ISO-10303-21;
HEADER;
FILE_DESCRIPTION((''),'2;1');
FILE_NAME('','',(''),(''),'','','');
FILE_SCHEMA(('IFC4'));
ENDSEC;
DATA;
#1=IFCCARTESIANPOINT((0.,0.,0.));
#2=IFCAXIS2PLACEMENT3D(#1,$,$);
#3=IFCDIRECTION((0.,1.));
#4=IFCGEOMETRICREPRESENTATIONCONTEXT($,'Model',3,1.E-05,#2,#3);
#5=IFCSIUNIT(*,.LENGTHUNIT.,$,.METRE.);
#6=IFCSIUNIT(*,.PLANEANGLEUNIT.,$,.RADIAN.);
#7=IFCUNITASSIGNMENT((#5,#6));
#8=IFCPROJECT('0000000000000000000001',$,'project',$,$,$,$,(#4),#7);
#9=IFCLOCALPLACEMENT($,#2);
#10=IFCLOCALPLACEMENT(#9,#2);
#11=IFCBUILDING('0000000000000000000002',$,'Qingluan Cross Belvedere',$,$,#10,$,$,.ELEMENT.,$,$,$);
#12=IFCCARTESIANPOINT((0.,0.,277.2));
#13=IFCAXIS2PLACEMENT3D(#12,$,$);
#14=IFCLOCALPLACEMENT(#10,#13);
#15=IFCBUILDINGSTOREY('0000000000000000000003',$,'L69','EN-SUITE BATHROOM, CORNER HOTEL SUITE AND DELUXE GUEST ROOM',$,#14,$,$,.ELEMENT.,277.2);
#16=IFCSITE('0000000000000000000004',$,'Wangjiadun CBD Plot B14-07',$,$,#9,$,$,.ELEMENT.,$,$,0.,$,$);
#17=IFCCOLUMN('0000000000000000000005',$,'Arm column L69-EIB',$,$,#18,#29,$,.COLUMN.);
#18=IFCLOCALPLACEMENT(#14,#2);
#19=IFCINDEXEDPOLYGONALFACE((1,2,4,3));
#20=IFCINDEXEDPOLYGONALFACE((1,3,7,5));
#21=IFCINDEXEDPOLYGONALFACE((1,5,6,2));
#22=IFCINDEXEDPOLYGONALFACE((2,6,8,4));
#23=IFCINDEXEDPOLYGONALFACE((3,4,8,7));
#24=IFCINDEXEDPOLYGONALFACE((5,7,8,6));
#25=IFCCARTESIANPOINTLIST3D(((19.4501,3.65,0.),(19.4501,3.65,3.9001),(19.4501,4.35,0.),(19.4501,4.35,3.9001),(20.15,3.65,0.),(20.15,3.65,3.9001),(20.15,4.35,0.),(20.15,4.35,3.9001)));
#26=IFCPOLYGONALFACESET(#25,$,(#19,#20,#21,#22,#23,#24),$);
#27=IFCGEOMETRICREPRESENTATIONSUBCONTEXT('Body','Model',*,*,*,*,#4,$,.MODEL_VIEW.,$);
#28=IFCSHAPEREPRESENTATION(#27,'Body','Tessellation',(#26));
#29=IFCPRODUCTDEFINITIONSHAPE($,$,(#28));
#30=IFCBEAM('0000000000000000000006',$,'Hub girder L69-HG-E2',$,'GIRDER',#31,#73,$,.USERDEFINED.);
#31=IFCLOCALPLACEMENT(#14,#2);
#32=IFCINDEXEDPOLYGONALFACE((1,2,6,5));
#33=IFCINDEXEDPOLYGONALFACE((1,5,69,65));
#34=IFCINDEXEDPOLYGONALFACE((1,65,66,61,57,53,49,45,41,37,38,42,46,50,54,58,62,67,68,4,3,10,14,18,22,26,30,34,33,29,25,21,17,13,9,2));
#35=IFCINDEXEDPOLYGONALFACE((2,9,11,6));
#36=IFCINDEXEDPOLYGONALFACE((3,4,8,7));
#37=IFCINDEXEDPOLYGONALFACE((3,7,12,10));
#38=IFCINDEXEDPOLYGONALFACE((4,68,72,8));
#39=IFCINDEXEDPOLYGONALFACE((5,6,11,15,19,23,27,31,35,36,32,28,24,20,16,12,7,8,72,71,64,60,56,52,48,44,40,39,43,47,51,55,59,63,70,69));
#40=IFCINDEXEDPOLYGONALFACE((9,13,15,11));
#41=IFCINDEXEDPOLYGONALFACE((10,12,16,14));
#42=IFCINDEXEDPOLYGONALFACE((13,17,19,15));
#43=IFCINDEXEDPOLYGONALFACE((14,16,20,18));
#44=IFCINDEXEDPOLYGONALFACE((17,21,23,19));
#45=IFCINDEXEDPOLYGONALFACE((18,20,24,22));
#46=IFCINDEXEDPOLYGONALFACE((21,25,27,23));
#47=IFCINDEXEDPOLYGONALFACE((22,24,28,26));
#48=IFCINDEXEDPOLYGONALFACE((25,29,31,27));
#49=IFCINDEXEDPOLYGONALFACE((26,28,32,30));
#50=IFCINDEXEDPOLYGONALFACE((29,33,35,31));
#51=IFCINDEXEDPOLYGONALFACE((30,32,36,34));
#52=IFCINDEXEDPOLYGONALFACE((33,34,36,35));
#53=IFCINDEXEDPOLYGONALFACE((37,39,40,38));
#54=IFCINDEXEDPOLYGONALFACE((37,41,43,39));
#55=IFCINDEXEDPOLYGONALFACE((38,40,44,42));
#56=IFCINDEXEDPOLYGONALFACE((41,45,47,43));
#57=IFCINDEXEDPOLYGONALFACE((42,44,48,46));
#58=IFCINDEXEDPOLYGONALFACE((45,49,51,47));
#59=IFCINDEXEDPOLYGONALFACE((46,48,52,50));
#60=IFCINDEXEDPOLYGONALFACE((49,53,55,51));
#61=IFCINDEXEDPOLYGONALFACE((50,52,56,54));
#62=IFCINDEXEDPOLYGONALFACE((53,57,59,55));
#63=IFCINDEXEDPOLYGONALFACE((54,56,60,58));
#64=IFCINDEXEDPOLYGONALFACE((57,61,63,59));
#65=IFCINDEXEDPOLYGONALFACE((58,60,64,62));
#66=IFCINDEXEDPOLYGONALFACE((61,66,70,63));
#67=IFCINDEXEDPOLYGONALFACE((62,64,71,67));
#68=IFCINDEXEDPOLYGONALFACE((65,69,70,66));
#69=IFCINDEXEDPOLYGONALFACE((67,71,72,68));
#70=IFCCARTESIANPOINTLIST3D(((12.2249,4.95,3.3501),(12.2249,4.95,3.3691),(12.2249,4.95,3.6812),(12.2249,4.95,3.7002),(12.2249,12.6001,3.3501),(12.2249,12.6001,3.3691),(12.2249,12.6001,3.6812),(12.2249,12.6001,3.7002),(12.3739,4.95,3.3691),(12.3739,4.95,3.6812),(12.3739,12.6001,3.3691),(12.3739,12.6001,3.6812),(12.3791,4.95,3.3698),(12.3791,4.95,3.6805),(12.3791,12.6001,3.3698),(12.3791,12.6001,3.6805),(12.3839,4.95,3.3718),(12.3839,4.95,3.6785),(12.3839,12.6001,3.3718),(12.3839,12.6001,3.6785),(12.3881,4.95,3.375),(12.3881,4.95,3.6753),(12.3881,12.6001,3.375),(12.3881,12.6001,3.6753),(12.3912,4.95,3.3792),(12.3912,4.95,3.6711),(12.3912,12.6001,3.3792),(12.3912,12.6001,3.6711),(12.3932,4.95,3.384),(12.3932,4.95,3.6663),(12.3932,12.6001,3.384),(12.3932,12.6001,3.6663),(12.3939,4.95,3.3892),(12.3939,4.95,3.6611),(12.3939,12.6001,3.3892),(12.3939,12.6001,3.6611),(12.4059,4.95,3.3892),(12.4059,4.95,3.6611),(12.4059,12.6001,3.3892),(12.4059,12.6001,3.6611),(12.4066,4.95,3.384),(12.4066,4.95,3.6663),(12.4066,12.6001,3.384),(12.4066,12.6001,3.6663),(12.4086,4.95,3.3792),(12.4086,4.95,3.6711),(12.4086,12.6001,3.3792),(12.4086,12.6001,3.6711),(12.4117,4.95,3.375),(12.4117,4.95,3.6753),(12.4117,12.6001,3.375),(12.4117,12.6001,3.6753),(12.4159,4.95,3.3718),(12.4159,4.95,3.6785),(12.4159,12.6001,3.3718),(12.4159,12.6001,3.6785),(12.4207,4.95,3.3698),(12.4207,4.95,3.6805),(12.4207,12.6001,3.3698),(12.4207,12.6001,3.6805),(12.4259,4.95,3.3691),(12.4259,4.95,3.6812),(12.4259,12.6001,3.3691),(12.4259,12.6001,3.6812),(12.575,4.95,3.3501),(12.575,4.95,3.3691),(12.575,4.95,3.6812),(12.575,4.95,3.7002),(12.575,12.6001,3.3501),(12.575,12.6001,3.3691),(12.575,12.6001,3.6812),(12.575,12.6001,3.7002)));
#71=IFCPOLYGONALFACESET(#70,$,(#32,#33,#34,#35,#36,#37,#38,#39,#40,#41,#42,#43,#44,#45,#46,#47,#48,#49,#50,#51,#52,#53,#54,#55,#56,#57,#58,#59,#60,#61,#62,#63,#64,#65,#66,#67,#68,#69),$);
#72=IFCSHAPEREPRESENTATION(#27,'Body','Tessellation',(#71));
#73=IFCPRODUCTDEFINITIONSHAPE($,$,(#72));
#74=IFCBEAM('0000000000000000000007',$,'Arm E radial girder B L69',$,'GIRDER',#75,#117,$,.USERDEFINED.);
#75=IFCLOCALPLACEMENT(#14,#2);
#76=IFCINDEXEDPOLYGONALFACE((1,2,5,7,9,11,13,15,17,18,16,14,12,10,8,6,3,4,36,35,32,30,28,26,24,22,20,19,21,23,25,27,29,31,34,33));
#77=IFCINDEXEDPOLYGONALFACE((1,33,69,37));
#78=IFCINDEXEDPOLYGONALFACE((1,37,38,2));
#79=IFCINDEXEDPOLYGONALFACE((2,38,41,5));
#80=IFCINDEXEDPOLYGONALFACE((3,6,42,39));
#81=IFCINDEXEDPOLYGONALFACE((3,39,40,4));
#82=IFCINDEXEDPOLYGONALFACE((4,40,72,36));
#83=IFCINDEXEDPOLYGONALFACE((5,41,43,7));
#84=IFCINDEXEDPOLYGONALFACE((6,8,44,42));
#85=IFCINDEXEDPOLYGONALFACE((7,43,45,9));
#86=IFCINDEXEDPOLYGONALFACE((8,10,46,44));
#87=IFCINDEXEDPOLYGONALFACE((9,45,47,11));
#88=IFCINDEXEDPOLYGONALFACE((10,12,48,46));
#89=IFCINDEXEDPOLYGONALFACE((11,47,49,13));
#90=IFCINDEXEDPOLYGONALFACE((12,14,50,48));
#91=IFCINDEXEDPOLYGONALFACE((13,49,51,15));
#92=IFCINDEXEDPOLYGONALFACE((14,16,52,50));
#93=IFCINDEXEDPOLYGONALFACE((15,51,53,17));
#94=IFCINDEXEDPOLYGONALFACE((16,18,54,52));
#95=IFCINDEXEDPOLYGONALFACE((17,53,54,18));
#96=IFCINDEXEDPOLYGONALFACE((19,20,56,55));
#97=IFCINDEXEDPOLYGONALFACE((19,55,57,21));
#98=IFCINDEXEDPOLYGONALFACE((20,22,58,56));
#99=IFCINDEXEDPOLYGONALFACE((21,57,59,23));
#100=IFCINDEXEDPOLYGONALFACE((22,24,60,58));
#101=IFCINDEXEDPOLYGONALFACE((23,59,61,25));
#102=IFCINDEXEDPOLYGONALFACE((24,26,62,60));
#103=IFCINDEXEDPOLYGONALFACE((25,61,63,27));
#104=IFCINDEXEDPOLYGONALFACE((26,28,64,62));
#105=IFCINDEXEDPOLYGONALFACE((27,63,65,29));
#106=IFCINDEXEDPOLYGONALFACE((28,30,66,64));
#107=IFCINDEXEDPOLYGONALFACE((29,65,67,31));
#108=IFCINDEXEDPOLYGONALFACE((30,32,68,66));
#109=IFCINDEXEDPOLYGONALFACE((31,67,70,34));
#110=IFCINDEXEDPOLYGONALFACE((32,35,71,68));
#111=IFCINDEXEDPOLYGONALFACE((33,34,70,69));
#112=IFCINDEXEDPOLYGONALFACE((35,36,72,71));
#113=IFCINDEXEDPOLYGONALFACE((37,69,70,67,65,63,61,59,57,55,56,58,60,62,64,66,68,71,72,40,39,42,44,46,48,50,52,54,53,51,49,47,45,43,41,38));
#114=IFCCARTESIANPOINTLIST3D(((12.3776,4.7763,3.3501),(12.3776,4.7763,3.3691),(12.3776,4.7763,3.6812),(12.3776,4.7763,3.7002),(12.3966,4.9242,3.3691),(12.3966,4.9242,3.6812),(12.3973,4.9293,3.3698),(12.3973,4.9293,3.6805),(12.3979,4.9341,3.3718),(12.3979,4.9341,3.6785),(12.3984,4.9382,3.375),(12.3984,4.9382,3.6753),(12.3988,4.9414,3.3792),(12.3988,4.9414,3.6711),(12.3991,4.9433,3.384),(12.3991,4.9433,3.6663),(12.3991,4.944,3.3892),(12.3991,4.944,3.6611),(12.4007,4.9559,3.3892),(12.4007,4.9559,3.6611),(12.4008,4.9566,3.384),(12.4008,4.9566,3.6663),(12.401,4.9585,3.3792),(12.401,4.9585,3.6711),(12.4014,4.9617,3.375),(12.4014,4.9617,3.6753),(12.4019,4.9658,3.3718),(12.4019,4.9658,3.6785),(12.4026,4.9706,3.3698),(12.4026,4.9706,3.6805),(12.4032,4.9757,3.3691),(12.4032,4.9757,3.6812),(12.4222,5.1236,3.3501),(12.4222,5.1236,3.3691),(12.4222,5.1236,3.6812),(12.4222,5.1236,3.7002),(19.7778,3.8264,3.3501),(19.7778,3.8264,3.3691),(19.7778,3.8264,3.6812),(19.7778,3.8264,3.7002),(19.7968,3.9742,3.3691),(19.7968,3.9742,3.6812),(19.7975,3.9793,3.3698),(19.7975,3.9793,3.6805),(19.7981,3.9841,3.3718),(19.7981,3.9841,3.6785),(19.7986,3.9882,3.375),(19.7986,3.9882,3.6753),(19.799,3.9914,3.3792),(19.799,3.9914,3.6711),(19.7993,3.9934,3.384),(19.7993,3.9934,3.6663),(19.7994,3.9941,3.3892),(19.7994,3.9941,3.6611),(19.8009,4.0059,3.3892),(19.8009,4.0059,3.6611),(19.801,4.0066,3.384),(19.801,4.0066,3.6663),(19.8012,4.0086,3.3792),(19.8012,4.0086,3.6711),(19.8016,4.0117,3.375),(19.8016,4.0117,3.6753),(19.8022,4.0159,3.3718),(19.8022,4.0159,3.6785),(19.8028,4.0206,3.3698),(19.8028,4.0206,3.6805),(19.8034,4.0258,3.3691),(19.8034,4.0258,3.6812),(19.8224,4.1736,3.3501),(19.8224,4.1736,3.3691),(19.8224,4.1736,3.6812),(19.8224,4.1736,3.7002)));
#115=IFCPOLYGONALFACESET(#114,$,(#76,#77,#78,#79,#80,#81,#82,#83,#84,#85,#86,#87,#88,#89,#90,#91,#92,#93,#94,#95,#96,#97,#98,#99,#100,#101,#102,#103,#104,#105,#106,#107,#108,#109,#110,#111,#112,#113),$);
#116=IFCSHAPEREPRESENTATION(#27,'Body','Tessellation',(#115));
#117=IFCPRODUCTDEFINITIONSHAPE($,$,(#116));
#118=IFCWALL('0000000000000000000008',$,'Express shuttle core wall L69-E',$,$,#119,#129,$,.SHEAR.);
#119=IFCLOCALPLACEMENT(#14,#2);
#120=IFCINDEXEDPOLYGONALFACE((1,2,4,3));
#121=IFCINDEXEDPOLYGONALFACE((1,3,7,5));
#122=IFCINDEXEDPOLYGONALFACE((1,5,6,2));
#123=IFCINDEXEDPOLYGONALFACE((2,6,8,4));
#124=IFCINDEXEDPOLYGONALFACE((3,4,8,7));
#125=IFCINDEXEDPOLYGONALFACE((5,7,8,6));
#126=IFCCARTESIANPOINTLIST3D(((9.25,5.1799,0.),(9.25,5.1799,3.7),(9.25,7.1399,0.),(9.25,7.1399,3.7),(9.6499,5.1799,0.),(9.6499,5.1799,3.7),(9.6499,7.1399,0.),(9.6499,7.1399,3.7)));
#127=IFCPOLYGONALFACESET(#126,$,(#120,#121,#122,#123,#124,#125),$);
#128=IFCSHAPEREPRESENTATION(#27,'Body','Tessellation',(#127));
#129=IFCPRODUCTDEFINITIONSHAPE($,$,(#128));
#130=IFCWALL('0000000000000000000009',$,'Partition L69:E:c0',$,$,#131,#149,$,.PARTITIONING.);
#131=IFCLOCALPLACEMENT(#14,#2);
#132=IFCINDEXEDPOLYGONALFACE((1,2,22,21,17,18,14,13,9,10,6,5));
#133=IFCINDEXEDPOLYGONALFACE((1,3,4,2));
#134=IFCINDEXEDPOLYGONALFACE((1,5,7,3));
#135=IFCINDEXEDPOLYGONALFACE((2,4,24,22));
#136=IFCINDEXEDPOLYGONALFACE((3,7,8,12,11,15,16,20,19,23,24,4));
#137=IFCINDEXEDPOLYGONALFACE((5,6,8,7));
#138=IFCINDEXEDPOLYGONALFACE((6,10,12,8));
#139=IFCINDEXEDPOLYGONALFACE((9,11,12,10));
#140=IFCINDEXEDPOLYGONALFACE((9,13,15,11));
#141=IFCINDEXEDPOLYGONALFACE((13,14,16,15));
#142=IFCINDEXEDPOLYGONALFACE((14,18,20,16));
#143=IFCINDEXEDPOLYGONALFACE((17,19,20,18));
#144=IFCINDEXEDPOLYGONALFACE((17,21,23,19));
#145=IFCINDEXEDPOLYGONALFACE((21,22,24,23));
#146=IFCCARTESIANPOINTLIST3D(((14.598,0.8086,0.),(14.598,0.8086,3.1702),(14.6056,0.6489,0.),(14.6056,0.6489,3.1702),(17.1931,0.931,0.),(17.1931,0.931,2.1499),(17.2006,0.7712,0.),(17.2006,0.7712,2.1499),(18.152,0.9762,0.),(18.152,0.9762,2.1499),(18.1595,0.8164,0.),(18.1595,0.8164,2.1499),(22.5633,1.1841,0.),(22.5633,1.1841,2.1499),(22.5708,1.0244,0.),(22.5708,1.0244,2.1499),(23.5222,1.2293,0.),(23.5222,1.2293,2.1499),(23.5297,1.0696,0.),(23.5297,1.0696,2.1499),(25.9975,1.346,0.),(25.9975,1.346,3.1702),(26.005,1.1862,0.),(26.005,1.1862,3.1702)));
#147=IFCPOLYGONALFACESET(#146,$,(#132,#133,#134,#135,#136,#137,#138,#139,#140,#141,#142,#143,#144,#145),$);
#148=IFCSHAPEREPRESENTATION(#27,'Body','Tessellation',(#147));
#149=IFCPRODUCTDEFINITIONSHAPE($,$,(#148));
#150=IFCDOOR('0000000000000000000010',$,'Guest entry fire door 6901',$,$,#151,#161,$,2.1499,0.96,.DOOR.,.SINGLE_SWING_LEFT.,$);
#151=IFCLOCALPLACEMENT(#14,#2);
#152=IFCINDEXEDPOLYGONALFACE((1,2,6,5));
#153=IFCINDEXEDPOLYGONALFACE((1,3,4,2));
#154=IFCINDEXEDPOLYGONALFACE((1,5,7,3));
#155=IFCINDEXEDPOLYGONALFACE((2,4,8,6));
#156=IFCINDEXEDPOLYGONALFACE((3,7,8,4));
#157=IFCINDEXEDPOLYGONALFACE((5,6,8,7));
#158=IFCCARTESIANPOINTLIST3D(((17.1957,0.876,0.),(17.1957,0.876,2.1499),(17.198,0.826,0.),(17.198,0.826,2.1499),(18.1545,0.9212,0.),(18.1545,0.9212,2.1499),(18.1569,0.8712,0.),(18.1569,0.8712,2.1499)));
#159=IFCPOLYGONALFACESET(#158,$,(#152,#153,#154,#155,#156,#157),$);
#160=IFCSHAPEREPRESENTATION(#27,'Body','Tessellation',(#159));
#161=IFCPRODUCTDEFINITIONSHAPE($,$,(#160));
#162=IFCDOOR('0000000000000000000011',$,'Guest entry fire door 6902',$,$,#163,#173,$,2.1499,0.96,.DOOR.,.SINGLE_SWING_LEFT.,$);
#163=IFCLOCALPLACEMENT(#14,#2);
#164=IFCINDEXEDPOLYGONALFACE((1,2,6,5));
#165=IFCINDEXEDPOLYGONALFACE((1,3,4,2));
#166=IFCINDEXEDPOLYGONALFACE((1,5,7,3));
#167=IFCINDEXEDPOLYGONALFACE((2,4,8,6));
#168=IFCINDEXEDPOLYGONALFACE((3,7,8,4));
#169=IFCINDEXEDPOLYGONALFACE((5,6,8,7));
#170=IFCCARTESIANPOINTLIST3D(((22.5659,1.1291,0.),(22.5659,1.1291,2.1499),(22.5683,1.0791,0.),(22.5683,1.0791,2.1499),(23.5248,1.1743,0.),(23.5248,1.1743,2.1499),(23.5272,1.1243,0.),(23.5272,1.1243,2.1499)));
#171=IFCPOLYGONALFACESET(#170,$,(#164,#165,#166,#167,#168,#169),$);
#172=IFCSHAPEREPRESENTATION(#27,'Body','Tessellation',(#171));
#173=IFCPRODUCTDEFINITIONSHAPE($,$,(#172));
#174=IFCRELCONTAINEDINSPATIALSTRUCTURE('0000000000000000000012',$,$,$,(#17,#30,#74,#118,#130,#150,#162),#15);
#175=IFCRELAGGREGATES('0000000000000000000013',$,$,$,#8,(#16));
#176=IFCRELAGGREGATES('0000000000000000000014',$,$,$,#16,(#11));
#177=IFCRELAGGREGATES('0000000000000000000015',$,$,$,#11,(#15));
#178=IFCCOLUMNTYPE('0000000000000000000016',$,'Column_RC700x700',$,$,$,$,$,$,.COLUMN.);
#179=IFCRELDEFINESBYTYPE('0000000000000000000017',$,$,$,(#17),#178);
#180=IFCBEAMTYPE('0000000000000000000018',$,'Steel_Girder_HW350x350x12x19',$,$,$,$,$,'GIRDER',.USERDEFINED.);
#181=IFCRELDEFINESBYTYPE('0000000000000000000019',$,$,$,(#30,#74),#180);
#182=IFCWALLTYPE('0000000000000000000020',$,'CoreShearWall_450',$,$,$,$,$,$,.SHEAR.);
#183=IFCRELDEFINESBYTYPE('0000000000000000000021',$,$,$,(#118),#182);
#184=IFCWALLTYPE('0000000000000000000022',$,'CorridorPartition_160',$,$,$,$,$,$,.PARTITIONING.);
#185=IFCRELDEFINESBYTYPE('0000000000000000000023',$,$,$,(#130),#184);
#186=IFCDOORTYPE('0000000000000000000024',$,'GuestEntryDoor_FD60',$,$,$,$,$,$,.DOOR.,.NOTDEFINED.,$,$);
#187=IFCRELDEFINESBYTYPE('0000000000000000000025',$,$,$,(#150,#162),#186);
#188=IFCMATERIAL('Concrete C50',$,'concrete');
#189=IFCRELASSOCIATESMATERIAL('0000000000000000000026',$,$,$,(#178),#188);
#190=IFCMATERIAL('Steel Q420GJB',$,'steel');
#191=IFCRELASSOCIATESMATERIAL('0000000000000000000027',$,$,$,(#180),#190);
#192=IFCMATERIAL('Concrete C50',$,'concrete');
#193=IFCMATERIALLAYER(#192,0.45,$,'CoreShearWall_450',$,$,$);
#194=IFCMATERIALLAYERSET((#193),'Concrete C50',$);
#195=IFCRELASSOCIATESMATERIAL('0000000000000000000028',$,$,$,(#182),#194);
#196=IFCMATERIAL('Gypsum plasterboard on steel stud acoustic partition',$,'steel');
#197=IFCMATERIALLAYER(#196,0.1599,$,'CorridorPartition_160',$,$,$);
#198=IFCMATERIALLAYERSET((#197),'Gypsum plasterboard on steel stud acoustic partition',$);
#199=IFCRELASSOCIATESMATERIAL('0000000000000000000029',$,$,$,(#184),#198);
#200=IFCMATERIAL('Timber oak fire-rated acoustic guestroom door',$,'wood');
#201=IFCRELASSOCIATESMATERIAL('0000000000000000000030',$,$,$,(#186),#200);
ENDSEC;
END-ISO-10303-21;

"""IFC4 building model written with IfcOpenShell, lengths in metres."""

from ifc_helpers import new_model, si_unit, direction, frame, frame_2d, origin, origin_2d, place, context, subcontext, project, spatial, rectangle, i_section, extrude, material, layer, layer_set, material_profile, profile_set, type_object, element, fill, save


model = new_model("IFC4")

# Units and contexts
model_context = context("Model", 3, precision=1e-05, world=origin(), true_north=direction((0.0, 1.0)))
body_context = subcontext(model_context, "Body", "Model", "MODEL_VIEW")
ifc_project = project(units=[si_unit("LENGTHUNIT", "METRE"), si_unit("PLANEANGLEUNIT", "RADIAN")], contexts=[model_context])

# Site, building, storey
site_placement = place(None, origin())
site = spatial("IfcSite", under=ifc_project, at=site_placement, Name="Wangjiadun CBD Plot B14-07", CompositionType="ELEMENT", RefElevation=0.0)
building_placement = place(site_placement, origin())
building = spatial("IfcBuilding", under=site, at=building_placement, Name="Qingluan Cross Belvedere", CompositionType="ELEMENT")
storey_placement = place(building_placement, frame((0.0, 0.0, 277.2)))
storey = spatial("IfcBuildingStorey", under=building, at=storey_placement, Name="L69", Description="EN-SUITE BATHROOM, CORNER HOTEL SUITE AND DELUXE GUEST ROOM", CompositionType="ELEMENT", Elevation=277.2)

# Column
ifc_material_1 = material(Name="Concrete C50", Category="concrete")
ifc_material_profile_1 = material_profile(ifc_material_1, rectangle(XDim=0.7, YDim=0.7, at=origin_2d()), Name="RC700x700")
ifc_profile_set_1 = profile_set([ifc_material_profile_1], Name="Concrete C50")
column_type = type_object("IfcColumnType", Name="Column_RC700x700", PredefinedType="COLUMN", material=ifc_profile_set_1)
column_placement = place(storey_placement, frame((19.8, 4.0, 0.0), z_axis=(0.0, 0.0, 1.0), x_axis=(1.0, 0.0, 0.0)))
element("IfcColumn", 1, at=column_placement, inside=storey, type_object=column_type, Name="Arm column L69-EIB", PredefinedType="COLUMN", context=body_context, shape_type="SweptSolid", body=[
    extrude(rectangle(XDim=0.7, YDim=0.7, at=origin_2d()), origin(), (0.0, 0.0, 1.0), 3.9001),
])

# Beams
ifc_material_2 = material(Name="Steel Q420GJB", Category="steel")
ifc_material_profile_2 = material_profile(ifc_material_2, i_section(OverallWidth=0.3501, OverallDepth=0.3501, WebThickness=0.012, FlangeThickness=0.019, FilletRadius=0.02, at=origin_2d()), Name="HW350x350x12x19")
ifc_profile_set_2 = profile_set([ifc_material_profile_2], Name="Steel Q420GJB")
beam_type = type_object("IfcBeamType", Name="Steel_Girder_HW350x350x12x19", ElementType="GIRDER", PredefinedType="USERDEFINED", material=ifc_profile_set_2)
beam_1_placement = place(storey_placement, frame((12.3999, 4.95, 3.5251), z_axis=(0.0, 1.0, 0.0), x_axis=(-1.0, 0.0, 0.0)))
element("IfcBeam", 2, at=beam_1_placement, inside=storey, type_object=beam_type, Name="Hub girder L69-HG-E2", ObjectType="GIRDER", PredefinedType="USERDEFINED", context=body_context, shape_type="SweptSolid", body=[
    extrude(i_section(OverallWidth=0.3501, OverallDepth=0.3501, WebThickness=0.012, FlangeThickness=0.019, FilletRadius=0.02, at=origin_2d()), origin(), (0.0, 0.0, 1.0), 7.6501),
])
beam_2_placement = place(storey_placement, frame((12.3999, 4.95, 3.5251), z_axis=(0.991861, -0.127324, 0.0), x_axis=(0.127324, 0.991861, 0.0)))
element("IfcBeam", 3, at=beam_2_placement, inside=storey, type_object=beam_type, Name="Arm E radial girder B L69", ObjectType="GIRDER", PredefinedType="USERDEFINED", context=body_context, shape_type="SweptSolid", body=[
    extrude(i_section(OverallWidth=0.3501, OverallDepth=0.3501, WebThickness=0.012, FlangeThickness=0.019, FilletRadius=0.02, at=origin_2d()), origin(), (0.0, 0.0, 1.0), 7.4609),
])

# Wall
ifc_material_3 = material(Name="Concrete C50", Category="concrete")
ifc_layer_1 = layer(ifc_material_3, 0.45, Name="CoreShearWall_450")
ifc_layer_set_1 = layer_set([ifc_layer_1], Name="Concrete C50")
wall_type_1 = type_object("IfcWallType", Name="CoreShearWall_450", PredefinedType="SHEAR", material=ifc_layer_set_1)
wall_1_placement = place(storey_placement, frame((9.45, 5.1799, 0.0), z_axis=(0.0, 0.0, 1.0), x_axis=(0.0, 1.0, 0.0)))
element("IfcWall", 4, at=wall_1_placement, inside=storey, type_object=wall_type_1, Name="Express shuttle core wall L69-E", PredefinedType="SHEAR", context=body_context, shape_type="SweptSolid", body=[
    extrude(rectangle(XDim=1.96, YDim=0.3999, at=frame_2d((0.98, 0.0))), origin(), (0.0, 0.0, 1.0), 3.7),
])

# Wall, openings, doors
ifc_material_4 = material(Name="Gypsum plasterboard on steel stud acoustic partition", Category="steel")
ifc_layer_2 = layer(ifc_material_4, 0.1599, Name="CorridorPartition_160")
ifc_layer_set_2 = layer_set([ifc_layer_2], Name="Gypsum plasterboard on steel stud acoustic partition")
wall_type_2 = type_object("IfcWallType", Name="CorridorPartition_160", PredefinedType="PARTITIONING", material=ifc_layer_set_2)
wall_2_placement = place(storey_placement, frame((14.6018, 0.7288, 0.0), z_axis=(0.0, 0.0, 1.0), x_axis=(0.998891, 0.047086, 0.0)))
wall_2 = element("IfcWall", 5, at=wall_2_placement, inside=storey, type_object=wall_type_2, Name="Partition L69:E:c0", PredefinedType="PARTITIONING", context=body_context, shape_type="SweptSolid", body=[
    extrude(rectangle(XDim=11.4121, YDim=0.1599, at=frame_2d((5.7061, 0.0))), origin(), (0.0, 0.0, 1.0), 3.1702),
])
opening_1_placement = place(wall_2_placement, frame((2.5979, 0.0, 0.0)))
opening_1 = element("IfcOpeningElement", 6, at=opening_1_placement, cuts=wall_2, PredefinedType="OPENING", context=body_context, shape_type="SweptSolid", body=[
    extrude(rectangle(XDim=0.96, YDim=2.1499, at=frame_2d((0.48, 1.075))), frame((0.0, 0.0898, 0.0), z_axis=(0.0, -1.0, 0.0), x_axis=(1.0, 0.0, 0.0)), (0.0, 0.0, 1.0), 0.1799),
])
opening_2_placement = place(wall_2_placement, frame((7.9741, 0.0, 0.0)))
opening_2 = element("IfcOpeningElement", 7, at=opening_2_placement, cuts=wall_2, PredefinedType="OPENING", context=body_context, shape_type="SweptSolid", body=[
    extrude(rectangle(XDim=0.96, YDim=2.1499, at=frame_2d((0.48, 1.075))), frame((0.0, 0.0898, 0.0), z_axis=(0.0, -1.0, 0.0), x_axis=(1.0, 0.0, 0.0)), (0.0, 0.0, 1.0), 0.1799),
])
ifc_material_5 = material(Name="Timber oak fire-rated acoustic guestroom door", Category="wood")
door_type_1 = type_object("IfcDoorType", Name="GuestEntryDoor_FD60", OperationType="NOTDEFINED", PredefinedType="DOOR", material=ifc_material_5)
door_1_placement = place(opening_1_placement, origin())
door_1 = element("IfcDoor", 8, at=door_1_placement, inside=storey, type_object=door_type_1, Name="Guest entry fire door 6901", OperationType="SINGLE_SWING_LEFT", OverallHeight=2.1499, OverallWidth=0.96, PredefinedType="DOOR", context=body_context, shape_type="SweptSolid", body=[
    extrude(rectangle(XDim=0.96, YDim=2.1499, at=frame_2d((0.48, 1.075))), frame((0.0, 0.0249, 0.0), z_axis=(0.0, -1.0, 0.0), x_axis=(1.0, 0.0, 0.0)), (0.0, 0.0, 1.0), 0.05),
])
fill(opening_1, door_1)
door_2_placement = place(opening_2_placement, origin())
door_2 = element("IfcDoor", 9, at=door_2_placement, inside=storey, type_object=door_type_1, Name="Guest entry fire door 6902", OperationType="SINGLE_SWING_LEFT", OverallHeight=2.1499, OverallWidth=0.96, PredefinedType="DOOR", context=body_context, shape_type="SweptSolid", body=[
    extrude(rectangle(XDim=0.96, YDim=2.1499, at=frame_2d((0.48, 1.075))), frame((0.0, 0.0249, 0.0), z_axis=(0.0, -1.0, 0.0), x_axis=(1.0, 0.0, 0.0)), (0.0, 0.0, 1.0), 0.05),
])
fill(opening_2, door_2)

save(model, "model.ifc")
